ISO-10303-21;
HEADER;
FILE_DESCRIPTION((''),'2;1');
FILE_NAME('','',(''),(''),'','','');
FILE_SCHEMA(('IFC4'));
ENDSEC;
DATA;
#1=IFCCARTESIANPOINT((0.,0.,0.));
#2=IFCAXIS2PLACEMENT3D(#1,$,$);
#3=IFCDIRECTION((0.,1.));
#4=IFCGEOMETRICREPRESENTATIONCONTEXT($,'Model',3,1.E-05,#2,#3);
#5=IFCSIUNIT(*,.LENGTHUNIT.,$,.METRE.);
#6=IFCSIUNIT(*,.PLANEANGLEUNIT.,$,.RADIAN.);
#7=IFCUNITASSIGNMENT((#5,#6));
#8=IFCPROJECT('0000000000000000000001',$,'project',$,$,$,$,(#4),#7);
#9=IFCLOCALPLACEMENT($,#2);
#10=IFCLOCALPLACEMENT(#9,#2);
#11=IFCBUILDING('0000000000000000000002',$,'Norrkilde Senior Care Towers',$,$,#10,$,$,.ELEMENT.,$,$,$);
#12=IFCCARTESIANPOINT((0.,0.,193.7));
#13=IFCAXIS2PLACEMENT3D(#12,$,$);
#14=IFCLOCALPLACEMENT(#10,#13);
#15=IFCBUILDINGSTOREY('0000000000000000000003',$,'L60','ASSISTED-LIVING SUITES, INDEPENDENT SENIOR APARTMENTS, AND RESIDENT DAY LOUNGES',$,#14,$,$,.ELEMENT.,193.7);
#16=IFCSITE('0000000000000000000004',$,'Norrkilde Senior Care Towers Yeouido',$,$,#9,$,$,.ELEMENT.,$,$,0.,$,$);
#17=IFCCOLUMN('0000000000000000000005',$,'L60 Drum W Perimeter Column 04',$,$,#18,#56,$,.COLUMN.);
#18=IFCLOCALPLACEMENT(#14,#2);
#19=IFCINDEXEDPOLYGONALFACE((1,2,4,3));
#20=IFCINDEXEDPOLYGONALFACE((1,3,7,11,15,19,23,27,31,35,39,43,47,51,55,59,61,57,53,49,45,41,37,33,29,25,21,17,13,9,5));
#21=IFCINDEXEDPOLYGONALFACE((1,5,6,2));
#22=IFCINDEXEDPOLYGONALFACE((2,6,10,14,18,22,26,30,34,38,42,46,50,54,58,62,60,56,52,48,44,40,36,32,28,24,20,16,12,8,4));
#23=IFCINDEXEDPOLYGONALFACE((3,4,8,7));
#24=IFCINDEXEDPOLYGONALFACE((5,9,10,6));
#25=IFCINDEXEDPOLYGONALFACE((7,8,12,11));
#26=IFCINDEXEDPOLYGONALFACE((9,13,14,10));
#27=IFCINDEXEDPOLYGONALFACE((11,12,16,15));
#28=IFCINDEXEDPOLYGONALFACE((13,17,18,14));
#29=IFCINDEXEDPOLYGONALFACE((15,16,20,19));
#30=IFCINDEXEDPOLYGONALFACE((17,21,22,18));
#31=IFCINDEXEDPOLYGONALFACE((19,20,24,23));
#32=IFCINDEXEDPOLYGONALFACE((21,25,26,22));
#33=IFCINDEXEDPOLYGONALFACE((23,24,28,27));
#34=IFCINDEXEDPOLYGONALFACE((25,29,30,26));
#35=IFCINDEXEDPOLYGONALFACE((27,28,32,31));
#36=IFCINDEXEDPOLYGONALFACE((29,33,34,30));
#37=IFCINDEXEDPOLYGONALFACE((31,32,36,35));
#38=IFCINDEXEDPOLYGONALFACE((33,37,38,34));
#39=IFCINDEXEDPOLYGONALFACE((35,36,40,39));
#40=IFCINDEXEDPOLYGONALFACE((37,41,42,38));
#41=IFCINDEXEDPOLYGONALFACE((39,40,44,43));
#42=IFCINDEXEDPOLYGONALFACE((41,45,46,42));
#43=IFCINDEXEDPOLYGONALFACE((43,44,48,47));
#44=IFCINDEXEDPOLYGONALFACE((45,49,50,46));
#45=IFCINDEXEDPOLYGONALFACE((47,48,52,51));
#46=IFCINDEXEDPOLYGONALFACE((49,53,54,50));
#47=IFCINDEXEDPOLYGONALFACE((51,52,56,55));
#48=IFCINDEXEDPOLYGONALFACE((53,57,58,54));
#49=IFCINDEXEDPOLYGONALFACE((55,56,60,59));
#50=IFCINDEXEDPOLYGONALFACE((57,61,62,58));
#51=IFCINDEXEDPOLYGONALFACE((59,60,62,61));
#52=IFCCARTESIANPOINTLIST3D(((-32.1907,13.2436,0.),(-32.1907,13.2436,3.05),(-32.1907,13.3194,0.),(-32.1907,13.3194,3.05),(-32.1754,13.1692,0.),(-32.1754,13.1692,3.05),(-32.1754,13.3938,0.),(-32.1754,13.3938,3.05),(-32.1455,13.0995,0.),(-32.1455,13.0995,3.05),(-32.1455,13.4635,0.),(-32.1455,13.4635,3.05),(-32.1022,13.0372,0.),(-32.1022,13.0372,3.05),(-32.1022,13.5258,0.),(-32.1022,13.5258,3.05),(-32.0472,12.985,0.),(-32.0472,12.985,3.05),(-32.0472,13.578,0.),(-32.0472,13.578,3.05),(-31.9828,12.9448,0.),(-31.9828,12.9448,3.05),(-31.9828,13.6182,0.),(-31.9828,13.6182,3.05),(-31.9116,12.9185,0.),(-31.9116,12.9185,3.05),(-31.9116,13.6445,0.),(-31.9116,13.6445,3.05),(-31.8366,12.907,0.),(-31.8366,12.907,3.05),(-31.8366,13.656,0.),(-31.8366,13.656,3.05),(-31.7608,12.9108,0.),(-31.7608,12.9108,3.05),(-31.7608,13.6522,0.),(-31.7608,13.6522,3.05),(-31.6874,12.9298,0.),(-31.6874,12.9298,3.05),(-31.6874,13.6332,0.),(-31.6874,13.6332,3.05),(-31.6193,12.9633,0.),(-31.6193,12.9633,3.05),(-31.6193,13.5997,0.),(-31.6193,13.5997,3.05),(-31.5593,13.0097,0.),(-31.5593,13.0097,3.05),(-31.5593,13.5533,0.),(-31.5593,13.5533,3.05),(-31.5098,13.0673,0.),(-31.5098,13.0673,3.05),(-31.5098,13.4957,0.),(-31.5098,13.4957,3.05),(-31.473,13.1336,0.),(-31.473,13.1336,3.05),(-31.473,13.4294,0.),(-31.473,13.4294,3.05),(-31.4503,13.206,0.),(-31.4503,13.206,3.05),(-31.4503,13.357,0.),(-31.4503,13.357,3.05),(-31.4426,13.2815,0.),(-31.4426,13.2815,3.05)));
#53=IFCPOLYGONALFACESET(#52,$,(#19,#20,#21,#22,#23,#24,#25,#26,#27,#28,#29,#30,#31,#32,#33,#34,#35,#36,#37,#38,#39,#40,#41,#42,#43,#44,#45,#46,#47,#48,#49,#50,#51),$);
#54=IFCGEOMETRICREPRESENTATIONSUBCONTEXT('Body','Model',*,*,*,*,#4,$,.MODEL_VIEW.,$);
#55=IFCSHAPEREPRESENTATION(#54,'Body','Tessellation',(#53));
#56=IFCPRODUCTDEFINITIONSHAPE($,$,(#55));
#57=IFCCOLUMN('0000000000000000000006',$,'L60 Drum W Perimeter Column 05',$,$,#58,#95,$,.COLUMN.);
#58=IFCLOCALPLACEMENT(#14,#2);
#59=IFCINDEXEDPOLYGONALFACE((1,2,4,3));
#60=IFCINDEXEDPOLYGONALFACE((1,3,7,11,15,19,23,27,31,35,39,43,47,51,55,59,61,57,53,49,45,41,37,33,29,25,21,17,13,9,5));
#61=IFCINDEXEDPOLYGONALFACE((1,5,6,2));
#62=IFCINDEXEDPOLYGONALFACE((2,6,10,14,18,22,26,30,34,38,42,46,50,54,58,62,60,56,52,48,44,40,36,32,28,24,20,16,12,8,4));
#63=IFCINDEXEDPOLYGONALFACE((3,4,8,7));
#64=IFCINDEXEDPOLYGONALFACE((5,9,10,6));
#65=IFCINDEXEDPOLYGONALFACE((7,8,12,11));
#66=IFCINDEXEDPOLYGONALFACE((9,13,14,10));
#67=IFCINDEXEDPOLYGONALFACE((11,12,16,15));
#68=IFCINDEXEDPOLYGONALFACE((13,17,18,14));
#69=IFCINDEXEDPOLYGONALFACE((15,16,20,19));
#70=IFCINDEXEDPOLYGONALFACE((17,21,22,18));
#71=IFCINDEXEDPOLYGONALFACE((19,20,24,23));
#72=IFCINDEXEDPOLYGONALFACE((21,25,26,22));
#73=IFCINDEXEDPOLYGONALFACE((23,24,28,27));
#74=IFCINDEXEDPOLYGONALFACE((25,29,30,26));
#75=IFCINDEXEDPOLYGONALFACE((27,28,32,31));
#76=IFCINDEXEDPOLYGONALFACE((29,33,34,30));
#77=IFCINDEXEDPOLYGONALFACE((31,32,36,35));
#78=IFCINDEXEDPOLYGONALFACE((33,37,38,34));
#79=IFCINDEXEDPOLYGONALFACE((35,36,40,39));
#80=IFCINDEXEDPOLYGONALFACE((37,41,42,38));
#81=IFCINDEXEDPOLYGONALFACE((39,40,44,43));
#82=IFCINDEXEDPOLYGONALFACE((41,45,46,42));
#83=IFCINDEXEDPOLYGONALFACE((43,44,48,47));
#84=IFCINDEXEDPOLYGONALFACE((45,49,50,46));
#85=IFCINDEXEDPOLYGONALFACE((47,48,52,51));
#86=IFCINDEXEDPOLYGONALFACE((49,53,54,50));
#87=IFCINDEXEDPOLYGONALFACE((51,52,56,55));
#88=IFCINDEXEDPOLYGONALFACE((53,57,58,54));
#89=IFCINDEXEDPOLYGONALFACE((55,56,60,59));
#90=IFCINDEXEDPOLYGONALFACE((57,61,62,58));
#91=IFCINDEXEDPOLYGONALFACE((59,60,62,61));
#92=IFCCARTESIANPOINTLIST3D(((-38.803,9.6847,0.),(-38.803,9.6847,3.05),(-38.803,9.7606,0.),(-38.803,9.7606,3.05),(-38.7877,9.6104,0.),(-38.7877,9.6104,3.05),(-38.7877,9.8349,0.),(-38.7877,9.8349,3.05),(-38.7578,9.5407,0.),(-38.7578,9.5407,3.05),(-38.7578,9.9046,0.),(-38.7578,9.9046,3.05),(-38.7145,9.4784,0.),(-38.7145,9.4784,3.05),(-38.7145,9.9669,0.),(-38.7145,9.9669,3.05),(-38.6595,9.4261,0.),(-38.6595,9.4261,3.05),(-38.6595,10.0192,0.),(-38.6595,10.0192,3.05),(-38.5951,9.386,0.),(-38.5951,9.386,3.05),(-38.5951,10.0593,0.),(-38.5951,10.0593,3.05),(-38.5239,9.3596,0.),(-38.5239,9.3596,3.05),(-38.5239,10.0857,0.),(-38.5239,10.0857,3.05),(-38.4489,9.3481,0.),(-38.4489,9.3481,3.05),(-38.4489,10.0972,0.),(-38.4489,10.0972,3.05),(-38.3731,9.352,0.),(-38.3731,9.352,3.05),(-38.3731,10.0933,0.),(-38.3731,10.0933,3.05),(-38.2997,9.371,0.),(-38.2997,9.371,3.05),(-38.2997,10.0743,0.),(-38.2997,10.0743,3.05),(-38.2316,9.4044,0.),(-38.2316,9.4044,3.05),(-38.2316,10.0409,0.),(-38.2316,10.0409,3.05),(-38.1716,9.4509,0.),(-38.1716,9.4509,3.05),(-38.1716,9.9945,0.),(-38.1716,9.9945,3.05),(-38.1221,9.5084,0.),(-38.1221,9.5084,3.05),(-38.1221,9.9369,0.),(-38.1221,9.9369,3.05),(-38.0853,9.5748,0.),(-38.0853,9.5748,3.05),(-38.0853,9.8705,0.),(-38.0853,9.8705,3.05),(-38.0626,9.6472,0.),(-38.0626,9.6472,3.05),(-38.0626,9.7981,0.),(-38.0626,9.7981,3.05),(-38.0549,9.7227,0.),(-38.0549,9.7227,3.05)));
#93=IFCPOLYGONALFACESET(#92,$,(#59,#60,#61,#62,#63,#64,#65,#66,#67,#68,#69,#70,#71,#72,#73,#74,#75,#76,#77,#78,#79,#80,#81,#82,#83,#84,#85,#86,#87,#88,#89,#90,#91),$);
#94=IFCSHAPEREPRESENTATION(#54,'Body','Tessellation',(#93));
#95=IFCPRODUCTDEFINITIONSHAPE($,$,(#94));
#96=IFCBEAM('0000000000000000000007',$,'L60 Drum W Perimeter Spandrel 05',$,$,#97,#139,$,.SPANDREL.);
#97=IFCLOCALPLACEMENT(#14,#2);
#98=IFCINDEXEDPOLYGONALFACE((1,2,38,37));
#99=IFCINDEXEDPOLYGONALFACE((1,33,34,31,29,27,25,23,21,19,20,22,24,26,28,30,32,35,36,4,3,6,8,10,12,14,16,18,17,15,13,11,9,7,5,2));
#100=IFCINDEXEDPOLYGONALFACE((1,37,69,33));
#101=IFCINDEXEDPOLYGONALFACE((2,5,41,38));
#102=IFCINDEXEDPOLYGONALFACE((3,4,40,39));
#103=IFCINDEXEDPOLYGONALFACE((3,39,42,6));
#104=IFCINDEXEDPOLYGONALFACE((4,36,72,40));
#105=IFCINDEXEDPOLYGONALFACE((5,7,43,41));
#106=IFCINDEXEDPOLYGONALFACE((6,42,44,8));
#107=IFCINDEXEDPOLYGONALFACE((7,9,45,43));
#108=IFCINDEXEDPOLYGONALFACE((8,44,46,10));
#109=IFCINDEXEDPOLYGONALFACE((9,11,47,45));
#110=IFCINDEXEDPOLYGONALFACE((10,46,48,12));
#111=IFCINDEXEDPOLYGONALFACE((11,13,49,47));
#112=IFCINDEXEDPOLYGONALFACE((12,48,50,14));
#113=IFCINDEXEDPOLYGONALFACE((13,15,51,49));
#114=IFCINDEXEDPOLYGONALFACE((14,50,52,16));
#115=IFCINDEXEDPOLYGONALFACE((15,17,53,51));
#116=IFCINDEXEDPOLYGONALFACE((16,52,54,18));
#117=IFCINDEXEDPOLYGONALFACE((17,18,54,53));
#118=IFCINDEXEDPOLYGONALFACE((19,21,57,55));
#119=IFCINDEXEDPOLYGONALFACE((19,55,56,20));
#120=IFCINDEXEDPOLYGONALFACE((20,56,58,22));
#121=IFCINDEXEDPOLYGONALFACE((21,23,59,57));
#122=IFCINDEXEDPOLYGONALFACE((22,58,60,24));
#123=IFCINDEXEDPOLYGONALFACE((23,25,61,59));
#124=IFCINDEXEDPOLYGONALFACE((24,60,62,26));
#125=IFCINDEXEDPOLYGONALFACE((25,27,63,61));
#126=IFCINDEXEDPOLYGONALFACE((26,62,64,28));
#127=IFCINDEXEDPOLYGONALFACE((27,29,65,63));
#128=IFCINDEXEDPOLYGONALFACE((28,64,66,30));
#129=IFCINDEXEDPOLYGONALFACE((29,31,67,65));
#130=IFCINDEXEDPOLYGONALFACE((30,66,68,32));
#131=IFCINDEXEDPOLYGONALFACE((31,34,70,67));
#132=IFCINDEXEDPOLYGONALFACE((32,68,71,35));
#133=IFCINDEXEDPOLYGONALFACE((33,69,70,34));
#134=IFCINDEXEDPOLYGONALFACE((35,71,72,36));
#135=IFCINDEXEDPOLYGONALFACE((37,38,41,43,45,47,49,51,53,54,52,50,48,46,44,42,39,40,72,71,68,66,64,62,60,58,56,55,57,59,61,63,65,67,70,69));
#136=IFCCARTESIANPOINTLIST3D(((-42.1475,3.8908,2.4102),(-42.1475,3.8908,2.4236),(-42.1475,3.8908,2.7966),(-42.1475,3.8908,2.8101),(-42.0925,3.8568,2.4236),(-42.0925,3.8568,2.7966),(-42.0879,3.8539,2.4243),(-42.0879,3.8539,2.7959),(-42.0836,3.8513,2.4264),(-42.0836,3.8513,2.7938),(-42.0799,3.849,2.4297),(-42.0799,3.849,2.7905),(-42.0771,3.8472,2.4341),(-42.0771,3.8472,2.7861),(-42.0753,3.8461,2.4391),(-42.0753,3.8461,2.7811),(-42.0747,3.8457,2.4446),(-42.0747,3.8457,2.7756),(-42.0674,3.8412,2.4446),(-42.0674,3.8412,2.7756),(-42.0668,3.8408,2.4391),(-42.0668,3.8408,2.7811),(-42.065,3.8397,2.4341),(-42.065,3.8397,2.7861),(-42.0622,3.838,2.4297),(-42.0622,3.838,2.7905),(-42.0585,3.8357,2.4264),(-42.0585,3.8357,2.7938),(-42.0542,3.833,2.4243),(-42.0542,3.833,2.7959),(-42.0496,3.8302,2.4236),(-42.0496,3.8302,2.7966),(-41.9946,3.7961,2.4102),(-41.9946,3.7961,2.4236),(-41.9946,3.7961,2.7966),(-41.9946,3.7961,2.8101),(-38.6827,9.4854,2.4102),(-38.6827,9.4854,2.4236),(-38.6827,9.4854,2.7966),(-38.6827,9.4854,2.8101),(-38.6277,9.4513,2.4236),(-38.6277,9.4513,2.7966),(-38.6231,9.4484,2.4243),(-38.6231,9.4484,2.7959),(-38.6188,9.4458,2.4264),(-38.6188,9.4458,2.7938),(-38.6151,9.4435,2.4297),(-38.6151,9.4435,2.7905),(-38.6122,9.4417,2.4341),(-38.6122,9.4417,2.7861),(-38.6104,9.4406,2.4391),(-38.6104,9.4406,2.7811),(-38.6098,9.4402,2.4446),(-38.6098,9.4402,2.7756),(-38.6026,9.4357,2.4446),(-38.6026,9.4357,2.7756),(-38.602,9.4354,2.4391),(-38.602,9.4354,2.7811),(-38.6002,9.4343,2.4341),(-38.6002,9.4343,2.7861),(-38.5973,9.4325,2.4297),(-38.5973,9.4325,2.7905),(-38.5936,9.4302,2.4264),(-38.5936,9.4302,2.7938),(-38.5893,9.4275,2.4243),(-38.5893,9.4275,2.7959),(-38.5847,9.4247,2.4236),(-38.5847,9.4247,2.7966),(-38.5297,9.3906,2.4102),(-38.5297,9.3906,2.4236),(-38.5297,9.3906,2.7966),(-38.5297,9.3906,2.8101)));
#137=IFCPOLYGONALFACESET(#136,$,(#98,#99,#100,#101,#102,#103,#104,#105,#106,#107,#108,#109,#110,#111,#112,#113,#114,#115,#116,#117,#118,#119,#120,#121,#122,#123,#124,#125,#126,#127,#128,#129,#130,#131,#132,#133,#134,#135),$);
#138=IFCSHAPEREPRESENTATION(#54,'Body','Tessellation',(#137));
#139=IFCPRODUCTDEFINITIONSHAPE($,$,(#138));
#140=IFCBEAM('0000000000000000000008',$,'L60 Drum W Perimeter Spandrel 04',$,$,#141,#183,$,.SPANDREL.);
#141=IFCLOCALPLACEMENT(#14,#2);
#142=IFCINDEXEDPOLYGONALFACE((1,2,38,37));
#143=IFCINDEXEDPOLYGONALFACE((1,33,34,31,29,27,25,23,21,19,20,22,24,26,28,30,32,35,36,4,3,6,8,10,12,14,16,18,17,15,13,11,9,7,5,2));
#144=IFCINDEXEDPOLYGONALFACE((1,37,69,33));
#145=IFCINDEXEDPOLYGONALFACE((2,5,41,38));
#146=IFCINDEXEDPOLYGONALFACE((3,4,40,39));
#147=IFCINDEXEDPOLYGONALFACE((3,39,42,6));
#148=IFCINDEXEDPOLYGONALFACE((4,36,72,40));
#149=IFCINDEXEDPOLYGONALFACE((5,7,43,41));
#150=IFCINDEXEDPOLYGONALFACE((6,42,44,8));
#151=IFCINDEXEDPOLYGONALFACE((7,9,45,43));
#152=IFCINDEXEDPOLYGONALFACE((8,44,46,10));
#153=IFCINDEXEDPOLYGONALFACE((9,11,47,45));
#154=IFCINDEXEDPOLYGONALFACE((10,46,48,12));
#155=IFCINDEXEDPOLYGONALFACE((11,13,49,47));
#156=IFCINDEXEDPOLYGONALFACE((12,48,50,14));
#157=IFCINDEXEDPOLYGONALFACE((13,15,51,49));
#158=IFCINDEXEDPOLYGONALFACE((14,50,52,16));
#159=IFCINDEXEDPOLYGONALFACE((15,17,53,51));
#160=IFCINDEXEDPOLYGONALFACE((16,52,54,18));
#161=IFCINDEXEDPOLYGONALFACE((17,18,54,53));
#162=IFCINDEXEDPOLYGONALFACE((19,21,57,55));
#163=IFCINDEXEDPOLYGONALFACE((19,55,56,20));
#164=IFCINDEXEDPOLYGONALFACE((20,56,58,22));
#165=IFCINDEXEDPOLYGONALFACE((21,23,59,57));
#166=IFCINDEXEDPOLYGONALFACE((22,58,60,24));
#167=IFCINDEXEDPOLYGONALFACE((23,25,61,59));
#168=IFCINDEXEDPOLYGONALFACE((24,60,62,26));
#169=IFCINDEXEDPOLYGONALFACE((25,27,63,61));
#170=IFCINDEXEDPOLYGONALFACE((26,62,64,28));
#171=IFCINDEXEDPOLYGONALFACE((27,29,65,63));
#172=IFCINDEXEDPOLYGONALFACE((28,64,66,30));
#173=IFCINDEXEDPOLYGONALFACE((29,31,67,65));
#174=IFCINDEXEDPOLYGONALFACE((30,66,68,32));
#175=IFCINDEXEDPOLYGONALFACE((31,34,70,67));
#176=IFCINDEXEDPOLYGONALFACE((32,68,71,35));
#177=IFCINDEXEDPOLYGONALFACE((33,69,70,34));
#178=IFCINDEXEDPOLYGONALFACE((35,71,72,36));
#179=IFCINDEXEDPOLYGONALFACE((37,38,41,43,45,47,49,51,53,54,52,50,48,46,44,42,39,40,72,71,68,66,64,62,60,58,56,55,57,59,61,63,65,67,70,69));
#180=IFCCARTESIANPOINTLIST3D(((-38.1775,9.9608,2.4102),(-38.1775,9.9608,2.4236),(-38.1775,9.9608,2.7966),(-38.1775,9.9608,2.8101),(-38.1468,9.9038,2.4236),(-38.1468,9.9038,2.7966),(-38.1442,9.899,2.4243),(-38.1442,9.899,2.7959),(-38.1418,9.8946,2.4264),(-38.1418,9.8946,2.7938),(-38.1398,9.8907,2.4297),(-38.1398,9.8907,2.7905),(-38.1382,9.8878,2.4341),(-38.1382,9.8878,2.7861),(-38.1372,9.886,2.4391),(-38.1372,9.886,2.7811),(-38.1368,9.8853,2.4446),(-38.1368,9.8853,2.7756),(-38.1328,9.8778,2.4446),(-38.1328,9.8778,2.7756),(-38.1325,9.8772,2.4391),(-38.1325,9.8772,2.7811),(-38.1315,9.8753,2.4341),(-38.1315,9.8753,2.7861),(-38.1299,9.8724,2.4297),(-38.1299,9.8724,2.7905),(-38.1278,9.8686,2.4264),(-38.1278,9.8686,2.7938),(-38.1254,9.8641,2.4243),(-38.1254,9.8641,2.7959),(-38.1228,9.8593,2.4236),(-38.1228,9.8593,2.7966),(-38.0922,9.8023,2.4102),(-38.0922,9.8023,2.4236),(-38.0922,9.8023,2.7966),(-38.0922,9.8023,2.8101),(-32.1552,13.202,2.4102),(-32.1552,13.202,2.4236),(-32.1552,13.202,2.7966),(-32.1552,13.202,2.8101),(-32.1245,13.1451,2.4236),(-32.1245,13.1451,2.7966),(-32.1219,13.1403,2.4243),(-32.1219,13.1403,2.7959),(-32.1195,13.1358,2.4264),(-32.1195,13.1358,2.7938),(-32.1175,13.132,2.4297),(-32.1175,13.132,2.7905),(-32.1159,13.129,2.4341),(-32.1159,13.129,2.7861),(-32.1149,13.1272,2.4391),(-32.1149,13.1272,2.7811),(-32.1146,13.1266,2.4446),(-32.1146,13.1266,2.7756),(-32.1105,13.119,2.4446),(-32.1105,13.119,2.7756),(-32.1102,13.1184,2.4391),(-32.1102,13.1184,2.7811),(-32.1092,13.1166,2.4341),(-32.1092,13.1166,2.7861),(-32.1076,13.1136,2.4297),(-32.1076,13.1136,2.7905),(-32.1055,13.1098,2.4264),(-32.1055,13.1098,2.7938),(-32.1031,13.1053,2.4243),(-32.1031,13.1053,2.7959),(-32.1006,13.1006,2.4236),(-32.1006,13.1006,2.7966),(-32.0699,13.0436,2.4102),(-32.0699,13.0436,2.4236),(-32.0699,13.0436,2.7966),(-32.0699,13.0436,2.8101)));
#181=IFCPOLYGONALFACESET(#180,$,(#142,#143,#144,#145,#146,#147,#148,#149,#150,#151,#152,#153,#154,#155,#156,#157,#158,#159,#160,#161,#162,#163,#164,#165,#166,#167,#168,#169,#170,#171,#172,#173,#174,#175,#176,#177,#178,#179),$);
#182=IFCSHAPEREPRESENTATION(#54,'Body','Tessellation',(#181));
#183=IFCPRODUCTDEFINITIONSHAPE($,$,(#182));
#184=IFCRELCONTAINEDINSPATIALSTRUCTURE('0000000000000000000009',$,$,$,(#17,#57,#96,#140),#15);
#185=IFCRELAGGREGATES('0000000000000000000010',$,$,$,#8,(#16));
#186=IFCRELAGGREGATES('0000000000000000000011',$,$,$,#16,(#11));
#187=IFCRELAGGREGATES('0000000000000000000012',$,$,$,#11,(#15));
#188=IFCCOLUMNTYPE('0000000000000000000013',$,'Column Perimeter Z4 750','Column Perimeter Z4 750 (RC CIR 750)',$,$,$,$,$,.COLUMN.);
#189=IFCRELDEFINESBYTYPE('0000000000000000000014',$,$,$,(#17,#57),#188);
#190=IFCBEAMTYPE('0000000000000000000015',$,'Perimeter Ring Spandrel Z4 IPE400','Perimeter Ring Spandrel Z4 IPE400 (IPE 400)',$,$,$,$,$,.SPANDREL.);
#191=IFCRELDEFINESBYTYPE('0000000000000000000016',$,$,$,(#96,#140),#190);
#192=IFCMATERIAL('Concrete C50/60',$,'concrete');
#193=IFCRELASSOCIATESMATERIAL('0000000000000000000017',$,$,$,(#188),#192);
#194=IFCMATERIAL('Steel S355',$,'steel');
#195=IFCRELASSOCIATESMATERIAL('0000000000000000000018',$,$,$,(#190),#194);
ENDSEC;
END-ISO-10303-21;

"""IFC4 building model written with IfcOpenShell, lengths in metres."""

from ifc_helpers import new_model, si_unit, direction, frame, origin, origin_2d, place, context, subcontext, project, spatial, circle, i_section, extrude, source, transform, mapped, material, material_profile, profile_set, type_object, type_shapes, element, save


model = new_model("IFC4")

# Units and contexts
model_context = context("Model", 3, precision=1e-05, world=origin(), true_north=direction((0.0, 1.0)))
body_context = subcontext(model_context, "Body", "Model", "MODEL_VIEW")
ifc_project = project(units=[si_unit("LENGTHUNIT", "METRE"), si_unit("PLANEANGLEUNIT", "RADIAN")], contexts=[model_context])

# Site, building, storey
site_placement = place(None, origin())
site = spatial("IfcSite", under=ifc_project, at=site_placement, Name="Norrkilde Senior Care Towers Yeouido", CompositionType="ELEMENT", RefElevation=0.0)
building_placement = place(site_placement, origin())
building = spatial("IfcBuilding", under=site, at=building_placement, Name="Norrkilde Senior Care Towers", CompositionType="ELEMENT")
storey_placement = place(building_placement, frame((0.0, 0.0, 193.7)))
storey = spatial("IfcBuildingStorey", under=building, at=storey_placement, Name="L60", Description="ASSISTED-LIVING SUITES, INDEPENDENT SENIOR APARTMENTS, AND RESIDENT DAY LOUNGES", CompositionType="ELEMENT", Elevation=193.7)

# Columns
ifc_material_1 = material(Name="Concrete C50/60", Category="concrete")
ifc_material_profile_1 = material_profile(ifc_material_1, circle(Radius=0.375, at=origin_2d()), Name="RC CIR 750")
ifc_profile_set_1 = profile_set([ifc_material_profile_1], Name="Concrete C50/60")
column_type = type_object("IfcColumnType", Name="Column Perimeter Z4 750", Description="Column Perimeter Z4 750 (RC CIR 750)", PredefinedType="COLUMN", material=ifc_profile_set_1)
shared_shape_1 = source(origin(), body_context, "Body", "SweptSolid", [
    extrude(circle(Radius=0.375, at=origin_2d()), origin(), (0.0, 0.0, 1.0), 3.05),
])
type_shapes(column_type, [shared_shape_1])
for number, where, z_axis, x_axis, name in (
    (1, (-31.8176, 13.2815, 0.0), (0.0, 0.0, 1.0), (1.0, 0.0, 0.0), "L60 Drum W Perimeter Column 04"),
    (2, (-38.4299, 9.7227, 0.0), (0.0, 0.0, 1.0), (1.0, 0.0, 0.0), "L60 Drum W Perimeter Column 05"),
):
    element("IfcColumn", number, at=place(storey_placement, frame(where, z_axis=z_axis, x_axis=x_axis)), inside=storey, type_object=column_type, Name=name, PredefinedType="COLUMN", context=body_context, shape_type="MappedRepresentation", body=[
        mapped(shared_shape_1, transform((0.0, 0.0, 0.0), x_axis=(1.0, 0.0, 0.0), y_axis=(0.0, 1.0, 0.0), z_axis=(0.0, 0.0, 1.0), scale=1.0)),
    ])

# Beams
ifc_material_2 = material(Name="Steel S355", Category="steel")
ifc_material_profile_2 = material_profile(ifc_material_2, i_section(OverallWidth=0.1799, OverallDepth=0.3999, WebThickness=0.0085, FlangeThickness=0.0134, FilletRadius=0.021, at=origin_2d()), Name="IPE 400")
ifc_profile_set_2 = profile_set([ifc_material_profile_2], Name="Steel S355")
beam_type_1 = type_object("IfcBeamType", Name="Perimeter Ring Spandrel Z4 IPE400", Description="Perimeter Ring Spandrel Z4 IPE400 (IPE 400)", PredefinedType="SPANDREL", material=ifc_profile_set_2)
shared_shape_2 = source(origin(), body_context, "Body", "SweptSolid", [
    extrude(i_section(OverallWidth=0.1799, OverallDepth=0.3999, WebThickness=0.0085, FlangeThickness=0.0134, FilletRadius=0.021, at=origin_2d()), origin(), (0.0, 0.0, 1.0), 6.5806),
])
beam_1_placement = place(storey_placement, frame((-38.6062, 9.438, 2.6101), z_axis=(-0.52653, -0.850157, 0.0), x_axis=(0.850157, -0.52653, 0.0)))
element("IfcBeam", 3, at=beam_1_placement, inside=storey, type_object=beam_type_1, Name="L60 Drum W Perimeter Spandrel 05", PredefinedType="SPANDREL", context=body_context, shape_type="MappedRepresentation", body=[
    mapped(shared_shape_2, transform((0.0, 0.0, 0.0), x_axis=(1.0, 0.0, 0.0), y_axis=(0.0, 1.0, 0.0), z_axis=(0.0, 0.0, 1.0), scale=1.0)),
])
shared_shape_3 = source(origin(), body_context, "Body", "SweptSolid", [
    extrude(i_section(OverallWidth=0.1799, OverallDepth=0.3999, WebThickness=0.0085, FlangeThickness=0.0134, FilletRadius=0.021, at=origin_2d()), origin(), (0.0, 0.0, 1.0), 6.8391),
])
type_shapes(beam_type_1, [shared_shape_2, shared_shape_3])
beam_2_placement = place(storey_placement, frame((-32.1125, 13.1228, 2.6101), z_axis=(-0.880564, -0.473927, 0.0), x_axis=(0.473927, -0.880564, 0.0)))
element("IfcBeam", 4, at=beam_2_placement, inside=storey, type_object=beam_type_1, Name="L60 Drum W Perimeter Spandrel 04", PredefinedType="SPANDREL", context=body_context, shape_type="MappedRepresentation", body=[
    mapped(shared_shape_3, transform((0.0, 0.0, 0.0), x_axis=(1.0, 0.0, 0.0), y_axis=(0.0, 1.0, 0.0), z_axis=(0.0, 0.0, 1.0), scale=1.0)),
])

save(model, "model.ifc")
